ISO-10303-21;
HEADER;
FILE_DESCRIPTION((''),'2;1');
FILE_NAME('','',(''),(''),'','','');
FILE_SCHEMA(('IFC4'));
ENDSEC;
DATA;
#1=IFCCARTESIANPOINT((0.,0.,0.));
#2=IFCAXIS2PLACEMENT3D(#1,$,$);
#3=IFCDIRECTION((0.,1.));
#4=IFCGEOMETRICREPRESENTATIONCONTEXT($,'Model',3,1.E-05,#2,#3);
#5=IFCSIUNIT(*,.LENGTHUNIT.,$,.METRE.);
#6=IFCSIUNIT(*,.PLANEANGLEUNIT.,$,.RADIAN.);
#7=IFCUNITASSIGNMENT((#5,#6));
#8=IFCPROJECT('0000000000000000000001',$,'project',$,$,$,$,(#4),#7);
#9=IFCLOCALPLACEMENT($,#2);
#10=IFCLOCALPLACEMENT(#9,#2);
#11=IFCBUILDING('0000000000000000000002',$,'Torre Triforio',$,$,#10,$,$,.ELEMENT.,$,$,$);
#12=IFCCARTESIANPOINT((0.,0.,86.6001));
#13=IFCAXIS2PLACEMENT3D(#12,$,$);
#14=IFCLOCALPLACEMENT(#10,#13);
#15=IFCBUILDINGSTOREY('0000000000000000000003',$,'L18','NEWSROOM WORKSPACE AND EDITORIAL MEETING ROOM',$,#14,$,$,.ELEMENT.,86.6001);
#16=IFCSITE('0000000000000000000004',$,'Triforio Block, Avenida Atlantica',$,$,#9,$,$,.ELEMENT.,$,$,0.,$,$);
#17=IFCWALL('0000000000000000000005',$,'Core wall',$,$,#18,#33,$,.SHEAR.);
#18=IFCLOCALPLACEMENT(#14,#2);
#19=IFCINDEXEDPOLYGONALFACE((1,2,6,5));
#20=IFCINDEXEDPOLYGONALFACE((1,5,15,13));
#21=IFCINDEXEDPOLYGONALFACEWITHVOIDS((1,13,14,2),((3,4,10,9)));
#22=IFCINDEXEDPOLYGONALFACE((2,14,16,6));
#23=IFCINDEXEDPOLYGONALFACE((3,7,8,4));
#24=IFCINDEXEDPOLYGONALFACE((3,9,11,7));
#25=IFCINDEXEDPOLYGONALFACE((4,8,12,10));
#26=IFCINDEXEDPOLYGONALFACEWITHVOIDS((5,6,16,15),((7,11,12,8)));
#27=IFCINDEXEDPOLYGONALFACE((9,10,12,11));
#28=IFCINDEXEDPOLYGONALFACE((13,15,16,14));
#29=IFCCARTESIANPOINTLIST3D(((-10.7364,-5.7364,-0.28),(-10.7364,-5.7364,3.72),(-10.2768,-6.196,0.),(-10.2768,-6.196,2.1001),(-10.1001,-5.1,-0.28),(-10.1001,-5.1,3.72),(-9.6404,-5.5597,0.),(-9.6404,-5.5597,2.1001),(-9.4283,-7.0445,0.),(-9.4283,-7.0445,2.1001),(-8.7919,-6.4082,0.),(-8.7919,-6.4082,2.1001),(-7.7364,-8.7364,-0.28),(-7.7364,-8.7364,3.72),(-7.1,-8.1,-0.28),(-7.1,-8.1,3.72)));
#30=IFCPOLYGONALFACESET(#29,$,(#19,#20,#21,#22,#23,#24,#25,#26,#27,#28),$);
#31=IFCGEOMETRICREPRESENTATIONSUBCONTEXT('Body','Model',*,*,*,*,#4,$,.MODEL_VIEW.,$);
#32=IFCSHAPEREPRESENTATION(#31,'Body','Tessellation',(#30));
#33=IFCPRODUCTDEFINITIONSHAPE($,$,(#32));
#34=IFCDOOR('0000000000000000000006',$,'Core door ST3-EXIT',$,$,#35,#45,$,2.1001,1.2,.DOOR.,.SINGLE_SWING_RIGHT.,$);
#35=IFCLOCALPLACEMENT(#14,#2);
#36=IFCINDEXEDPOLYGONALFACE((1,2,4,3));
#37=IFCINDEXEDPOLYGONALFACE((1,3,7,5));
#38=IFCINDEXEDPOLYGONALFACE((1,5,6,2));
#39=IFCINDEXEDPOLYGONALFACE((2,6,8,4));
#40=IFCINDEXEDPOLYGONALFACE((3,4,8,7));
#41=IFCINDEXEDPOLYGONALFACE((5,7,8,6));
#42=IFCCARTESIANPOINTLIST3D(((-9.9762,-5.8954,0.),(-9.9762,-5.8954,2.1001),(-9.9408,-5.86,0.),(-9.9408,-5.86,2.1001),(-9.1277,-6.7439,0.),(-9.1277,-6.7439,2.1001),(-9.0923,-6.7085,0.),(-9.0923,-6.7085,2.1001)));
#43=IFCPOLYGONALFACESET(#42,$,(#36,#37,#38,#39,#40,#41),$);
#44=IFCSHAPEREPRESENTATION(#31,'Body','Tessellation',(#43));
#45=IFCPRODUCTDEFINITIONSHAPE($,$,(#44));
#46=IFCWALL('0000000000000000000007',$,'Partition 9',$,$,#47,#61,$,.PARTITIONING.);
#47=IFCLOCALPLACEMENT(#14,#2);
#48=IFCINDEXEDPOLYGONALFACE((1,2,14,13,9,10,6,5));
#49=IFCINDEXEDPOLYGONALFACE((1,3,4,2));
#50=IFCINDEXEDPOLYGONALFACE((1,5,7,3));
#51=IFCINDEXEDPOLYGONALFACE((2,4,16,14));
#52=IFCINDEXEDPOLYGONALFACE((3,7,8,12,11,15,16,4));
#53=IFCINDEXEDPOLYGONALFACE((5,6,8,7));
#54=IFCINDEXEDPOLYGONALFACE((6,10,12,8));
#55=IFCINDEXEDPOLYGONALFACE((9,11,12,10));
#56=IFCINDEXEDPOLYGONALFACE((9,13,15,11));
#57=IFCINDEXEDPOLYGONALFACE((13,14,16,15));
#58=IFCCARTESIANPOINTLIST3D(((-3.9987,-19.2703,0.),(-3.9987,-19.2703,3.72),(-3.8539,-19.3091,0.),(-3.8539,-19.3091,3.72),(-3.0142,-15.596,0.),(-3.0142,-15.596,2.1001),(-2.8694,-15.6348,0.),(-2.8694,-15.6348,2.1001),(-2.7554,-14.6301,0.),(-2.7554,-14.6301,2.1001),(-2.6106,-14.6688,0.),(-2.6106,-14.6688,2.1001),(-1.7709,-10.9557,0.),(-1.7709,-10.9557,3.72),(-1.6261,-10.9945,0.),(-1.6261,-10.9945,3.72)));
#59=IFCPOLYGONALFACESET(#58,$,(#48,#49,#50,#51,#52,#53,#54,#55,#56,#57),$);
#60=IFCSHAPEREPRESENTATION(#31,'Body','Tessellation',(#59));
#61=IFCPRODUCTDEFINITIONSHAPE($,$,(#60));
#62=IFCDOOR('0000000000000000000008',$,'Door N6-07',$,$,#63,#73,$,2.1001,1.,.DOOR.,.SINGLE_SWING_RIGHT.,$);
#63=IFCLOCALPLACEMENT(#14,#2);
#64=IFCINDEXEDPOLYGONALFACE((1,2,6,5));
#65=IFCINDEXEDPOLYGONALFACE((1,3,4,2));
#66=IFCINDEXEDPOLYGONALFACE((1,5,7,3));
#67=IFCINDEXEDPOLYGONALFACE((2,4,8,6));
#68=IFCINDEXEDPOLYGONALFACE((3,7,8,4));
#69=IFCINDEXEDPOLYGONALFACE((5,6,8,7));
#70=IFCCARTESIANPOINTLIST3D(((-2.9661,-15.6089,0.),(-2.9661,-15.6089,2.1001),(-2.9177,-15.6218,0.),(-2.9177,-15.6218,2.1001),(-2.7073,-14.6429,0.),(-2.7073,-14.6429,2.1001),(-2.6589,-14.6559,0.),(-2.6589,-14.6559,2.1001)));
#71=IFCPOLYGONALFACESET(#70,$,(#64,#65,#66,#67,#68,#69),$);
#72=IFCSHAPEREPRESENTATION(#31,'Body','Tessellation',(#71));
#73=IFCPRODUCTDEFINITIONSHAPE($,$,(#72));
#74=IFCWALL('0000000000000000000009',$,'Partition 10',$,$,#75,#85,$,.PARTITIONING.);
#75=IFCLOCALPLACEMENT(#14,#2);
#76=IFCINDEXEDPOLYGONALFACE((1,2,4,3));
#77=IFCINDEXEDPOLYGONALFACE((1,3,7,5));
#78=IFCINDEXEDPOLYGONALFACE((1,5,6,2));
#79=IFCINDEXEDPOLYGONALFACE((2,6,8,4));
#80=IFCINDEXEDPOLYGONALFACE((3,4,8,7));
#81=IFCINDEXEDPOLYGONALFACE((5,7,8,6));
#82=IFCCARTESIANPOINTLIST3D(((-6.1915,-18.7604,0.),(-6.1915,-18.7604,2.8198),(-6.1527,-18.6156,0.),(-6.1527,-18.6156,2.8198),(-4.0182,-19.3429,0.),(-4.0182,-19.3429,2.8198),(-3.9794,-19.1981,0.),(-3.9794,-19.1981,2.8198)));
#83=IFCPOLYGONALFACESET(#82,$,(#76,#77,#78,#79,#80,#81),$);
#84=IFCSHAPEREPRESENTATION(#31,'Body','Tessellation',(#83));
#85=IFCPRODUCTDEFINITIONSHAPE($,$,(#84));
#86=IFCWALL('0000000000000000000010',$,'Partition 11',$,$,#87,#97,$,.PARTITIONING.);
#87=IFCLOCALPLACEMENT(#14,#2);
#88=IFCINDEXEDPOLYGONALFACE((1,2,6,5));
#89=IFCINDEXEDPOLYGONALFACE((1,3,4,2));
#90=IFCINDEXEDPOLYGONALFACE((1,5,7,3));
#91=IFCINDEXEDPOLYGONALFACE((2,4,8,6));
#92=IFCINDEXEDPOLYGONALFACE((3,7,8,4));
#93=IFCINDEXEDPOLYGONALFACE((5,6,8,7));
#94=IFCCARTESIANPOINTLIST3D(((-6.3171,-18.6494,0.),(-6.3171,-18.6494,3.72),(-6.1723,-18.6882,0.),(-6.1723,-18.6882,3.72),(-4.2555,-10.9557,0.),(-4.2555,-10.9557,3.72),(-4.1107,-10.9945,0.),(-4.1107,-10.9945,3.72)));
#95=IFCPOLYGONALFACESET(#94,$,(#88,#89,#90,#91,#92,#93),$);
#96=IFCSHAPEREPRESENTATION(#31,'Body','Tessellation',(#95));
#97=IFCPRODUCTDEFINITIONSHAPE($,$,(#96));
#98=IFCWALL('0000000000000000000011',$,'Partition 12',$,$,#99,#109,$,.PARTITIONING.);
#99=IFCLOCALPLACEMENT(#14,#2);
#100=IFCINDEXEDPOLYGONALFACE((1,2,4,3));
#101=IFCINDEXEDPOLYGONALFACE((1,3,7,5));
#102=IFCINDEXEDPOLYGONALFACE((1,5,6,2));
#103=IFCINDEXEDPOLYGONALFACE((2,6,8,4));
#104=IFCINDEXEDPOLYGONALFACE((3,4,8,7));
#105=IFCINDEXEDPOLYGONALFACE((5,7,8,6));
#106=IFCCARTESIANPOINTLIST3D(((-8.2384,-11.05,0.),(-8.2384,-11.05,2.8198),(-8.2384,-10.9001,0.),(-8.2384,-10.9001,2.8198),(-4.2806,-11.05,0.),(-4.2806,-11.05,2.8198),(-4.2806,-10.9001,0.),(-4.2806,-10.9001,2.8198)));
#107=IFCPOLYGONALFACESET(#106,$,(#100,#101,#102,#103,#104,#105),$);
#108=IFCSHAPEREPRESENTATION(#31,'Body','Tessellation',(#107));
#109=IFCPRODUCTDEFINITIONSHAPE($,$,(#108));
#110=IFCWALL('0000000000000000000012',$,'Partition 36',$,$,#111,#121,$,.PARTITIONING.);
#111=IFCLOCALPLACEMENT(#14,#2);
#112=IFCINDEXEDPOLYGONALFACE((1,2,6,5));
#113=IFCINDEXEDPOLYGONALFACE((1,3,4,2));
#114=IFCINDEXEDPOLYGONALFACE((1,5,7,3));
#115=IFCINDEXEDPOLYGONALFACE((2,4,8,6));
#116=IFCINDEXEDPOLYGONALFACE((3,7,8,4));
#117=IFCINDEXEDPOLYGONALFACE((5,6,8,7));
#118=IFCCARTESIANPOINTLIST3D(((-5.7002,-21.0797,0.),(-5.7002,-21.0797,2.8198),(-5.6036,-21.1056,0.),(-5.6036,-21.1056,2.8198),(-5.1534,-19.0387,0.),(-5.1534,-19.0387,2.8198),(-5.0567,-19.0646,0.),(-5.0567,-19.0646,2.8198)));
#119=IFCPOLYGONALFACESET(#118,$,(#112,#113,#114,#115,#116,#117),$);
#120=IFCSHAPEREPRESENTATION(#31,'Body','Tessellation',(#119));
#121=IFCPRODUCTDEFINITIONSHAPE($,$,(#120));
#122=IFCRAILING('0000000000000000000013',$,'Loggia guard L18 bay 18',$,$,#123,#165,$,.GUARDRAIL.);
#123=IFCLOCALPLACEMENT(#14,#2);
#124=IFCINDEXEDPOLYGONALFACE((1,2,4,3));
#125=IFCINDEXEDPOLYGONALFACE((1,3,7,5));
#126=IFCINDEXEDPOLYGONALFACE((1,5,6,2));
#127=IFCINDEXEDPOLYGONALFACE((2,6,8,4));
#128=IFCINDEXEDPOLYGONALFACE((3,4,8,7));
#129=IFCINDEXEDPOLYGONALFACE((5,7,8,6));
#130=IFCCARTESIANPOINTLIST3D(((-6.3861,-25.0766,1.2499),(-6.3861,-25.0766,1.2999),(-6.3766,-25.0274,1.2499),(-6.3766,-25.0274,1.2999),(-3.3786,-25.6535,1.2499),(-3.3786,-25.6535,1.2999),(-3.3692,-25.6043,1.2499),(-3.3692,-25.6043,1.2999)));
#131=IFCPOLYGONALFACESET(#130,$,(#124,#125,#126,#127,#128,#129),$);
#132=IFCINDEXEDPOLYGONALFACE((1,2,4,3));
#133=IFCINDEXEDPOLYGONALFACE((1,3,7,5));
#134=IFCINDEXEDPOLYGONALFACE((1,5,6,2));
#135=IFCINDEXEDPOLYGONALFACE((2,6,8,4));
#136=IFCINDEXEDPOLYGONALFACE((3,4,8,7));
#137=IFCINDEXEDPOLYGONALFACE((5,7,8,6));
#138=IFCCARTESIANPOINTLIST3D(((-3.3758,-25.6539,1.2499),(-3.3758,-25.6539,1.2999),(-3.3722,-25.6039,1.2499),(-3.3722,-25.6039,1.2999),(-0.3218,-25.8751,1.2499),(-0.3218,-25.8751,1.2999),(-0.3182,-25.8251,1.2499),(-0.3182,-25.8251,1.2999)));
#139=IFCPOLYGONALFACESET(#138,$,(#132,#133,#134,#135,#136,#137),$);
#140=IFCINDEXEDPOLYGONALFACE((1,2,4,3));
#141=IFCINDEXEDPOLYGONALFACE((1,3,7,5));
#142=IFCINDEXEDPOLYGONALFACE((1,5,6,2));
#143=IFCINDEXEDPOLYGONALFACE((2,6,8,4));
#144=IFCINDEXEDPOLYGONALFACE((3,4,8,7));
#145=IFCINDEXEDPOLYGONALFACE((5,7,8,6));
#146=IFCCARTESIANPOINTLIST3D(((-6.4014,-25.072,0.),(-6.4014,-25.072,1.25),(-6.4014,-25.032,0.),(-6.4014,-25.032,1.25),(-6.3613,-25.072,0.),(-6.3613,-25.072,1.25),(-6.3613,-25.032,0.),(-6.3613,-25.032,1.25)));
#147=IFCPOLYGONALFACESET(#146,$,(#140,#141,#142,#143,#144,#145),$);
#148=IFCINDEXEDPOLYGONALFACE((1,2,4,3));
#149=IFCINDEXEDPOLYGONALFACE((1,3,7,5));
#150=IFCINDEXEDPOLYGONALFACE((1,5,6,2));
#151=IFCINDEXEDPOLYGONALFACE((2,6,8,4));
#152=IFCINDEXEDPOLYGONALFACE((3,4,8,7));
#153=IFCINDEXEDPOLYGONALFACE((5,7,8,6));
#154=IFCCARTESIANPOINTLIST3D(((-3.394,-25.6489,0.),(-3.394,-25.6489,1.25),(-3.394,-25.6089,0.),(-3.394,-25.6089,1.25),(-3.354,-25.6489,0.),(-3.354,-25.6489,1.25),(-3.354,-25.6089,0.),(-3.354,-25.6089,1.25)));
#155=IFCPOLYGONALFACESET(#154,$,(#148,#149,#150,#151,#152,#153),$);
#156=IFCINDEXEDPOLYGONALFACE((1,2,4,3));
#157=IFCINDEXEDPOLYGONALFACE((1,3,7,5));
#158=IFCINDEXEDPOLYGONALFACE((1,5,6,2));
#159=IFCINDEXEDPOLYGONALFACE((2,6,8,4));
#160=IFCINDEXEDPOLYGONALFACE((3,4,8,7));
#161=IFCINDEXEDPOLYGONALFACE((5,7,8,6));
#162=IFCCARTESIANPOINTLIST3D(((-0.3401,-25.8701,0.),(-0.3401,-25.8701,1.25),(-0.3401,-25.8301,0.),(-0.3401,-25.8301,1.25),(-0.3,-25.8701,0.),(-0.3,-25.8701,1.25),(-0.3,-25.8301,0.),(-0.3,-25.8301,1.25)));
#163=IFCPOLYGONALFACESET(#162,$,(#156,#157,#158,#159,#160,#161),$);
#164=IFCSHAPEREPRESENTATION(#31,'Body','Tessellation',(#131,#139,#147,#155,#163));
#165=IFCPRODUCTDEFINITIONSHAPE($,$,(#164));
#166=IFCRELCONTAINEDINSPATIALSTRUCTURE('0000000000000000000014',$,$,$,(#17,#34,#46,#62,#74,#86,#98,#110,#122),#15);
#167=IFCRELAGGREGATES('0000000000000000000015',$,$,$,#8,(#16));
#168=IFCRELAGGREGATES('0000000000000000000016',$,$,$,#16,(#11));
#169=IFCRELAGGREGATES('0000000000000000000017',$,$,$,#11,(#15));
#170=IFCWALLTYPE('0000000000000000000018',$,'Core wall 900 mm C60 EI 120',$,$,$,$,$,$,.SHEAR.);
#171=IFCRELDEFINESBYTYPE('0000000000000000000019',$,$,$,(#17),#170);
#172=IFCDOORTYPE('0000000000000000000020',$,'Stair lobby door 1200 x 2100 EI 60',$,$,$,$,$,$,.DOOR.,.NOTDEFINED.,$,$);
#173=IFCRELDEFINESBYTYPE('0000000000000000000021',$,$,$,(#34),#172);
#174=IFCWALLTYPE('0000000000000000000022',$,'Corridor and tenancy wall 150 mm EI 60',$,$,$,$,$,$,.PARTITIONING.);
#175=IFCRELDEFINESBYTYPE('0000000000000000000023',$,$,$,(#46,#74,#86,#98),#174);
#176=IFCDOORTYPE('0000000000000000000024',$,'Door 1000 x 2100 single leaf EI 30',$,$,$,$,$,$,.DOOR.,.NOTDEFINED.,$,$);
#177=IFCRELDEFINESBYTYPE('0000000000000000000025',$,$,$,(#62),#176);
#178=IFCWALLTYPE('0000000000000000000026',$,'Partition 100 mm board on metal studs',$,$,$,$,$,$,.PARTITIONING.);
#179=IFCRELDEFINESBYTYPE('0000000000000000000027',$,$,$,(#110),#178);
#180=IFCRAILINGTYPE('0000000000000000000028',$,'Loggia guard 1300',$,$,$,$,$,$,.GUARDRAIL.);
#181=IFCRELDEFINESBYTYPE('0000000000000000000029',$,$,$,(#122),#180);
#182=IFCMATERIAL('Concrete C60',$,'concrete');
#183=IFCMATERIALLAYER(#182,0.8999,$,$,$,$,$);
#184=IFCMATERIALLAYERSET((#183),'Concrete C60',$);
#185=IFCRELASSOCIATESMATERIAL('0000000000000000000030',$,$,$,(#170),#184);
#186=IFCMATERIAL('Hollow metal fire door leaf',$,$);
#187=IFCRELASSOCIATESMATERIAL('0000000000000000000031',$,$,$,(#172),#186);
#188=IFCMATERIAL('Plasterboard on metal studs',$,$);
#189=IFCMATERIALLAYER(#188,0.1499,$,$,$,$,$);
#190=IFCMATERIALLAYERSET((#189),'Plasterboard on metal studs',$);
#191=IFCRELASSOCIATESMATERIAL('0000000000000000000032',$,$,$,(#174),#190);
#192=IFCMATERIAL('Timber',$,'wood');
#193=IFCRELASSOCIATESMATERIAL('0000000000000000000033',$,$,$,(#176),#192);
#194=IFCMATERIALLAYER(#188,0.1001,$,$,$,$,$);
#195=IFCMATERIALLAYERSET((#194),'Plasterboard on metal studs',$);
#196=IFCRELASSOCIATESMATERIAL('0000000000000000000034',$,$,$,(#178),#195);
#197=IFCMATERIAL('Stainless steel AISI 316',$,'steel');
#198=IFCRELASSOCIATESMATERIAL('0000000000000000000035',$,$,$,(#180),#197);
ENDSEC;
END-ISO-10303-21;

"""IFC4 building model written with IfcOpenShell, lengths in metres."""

from ifc_helpers import new_model, si_unit, direction, frame, frame_2d, origin, origin_2d, place, context, subcontext, project, spatial, rectangle, extrude, material, layer, layer_set, type_object, element, fill, save


model = new_model("IFC4")

# Units and contexts
model_context = context("Model", 3, precision=1e-05, world=origin(), true_north=direction((0.0, 1.0)))
body_context = subcontext(model_context, "Body", "Model", "MODEL_VIEW")
ifc_project = project(units=[si_unit("LENGTHUNIT", "METRE"), si_unit("PLANEANGLEUNIT", "RADIAN")], contexts=[model_context])

# Site, building, storey
site_placement = place(None, origin())
site = spatial("IfcSite", under=ifc_project, at=site_placement, Name="Triforio Block, Avenida Atlantica", CompositionType="ELEMENT", RefElevation=0.0)
building_placement = place(site_placement, origin())
building = spatial("IfcBuilding", under=site, at=building_placement, Name="Torre Triforio", CompositionType="ELEMENT")
storey_placement = place(building_placement, frame((0.0, 0.0, 86.6001)))
storey = spatial("IfcBuildingStorey", under=building, at=storey_placement, Name="L18", Description="NEWSROOM WORKSPACE AND EDITORIAL MEETING ROOM", CompositionType="ELEMENT", Elevation=86.6001)

# Shared definitions
ifc_material_1 = material(Name="Concrete C60", Category="concrete")

# Shared definitions
ifc_layer_1 = layer(ifc_material_1, 0.8999)
ifc_layer_set_1 = layer_set([ifc_layer_1], Name="Concrete C60")
wall_type_1 = type_object("IfcWallType", Name="Core wall 900 mm C60 EI 120", PredefinedType="SHEAR", material=ifc_layer_set_1)
ifc_material_2 = material(Name="Hollow metal fire door leaf")

# Walls, openings, doors
wall_1_placement = place(storey_placement, frame((-7.4182, -8.4182, -0.28), z_axis=(0.0, 0.0, 1.0), x_axis=(-0.707107, 0.707107, 0.0)))
wall_1 = element("IfcWall", 1, at=wall_1_placement, inside=storey, type_object=wall_type_1, Name="Core wall", PredefinedType="SHEAR", context=body_context, shape_type="SweptSolid", body=[
    extrude(rectangle(XDim=4.2427, YDim=0.8999, at=frame_2d((2.1213, 0.0))), origin(), (0.0, 0.0, 1.0), 4.0),
])
opening_1_placement = place(wall_1_placement, frame((2.3926, 0.0, 0.28)))
opening_1 = element("IfcOpeningElement", 2, at=opening_1_placement, cuts=wall_1, PredefinedType="OPENING", context=body_context, shape_type="SweptSolid", body=[
    extrude(rectangle(XDim=1.2, YDim=2.1001, at=frame_2d((0.6001, 1.05))), frame((0.0, 0.46, 0.0), z_axis=(0.0, -1.0, 0.0), x_axis=(1.0, 0.0, 0.0)), (0.0, 0.0, 1.0), 0.9199),
])
door_type_1 = type_object("IfcDoorType", Name="Stair lobby door 1200 x 2100 EI 60", OperationType="NOTDEFINED", PredefinedType="DOOR", material=ifc_material_2)
door_1_placement = place(opening_1_placement, origin())
door_1 = element("IfcDoor", 3, at=door_1_placement, inside=storey, type_object=door_type_1, Name="Core door ST3-EXIT", OperationType="SINGLE_SWING_RIGHT", OverallHeight=2.1001, OverallWidth=1.2, PredefinedType="DOOR", context=body_context, shape_type="SweptSolid", body=[
    extrude(rectangle(XDim=1.2, YDim=2.1001, at=frame_2d((0.6001, 1.05))), frame((0.0, 0.0249, 0.0), z_axis=(0.0, -1.0, 0.0), x_axis=(1.0, 0.0, 0.0)), (0.0, 0.0, 1.0), 0.05),
])
fill(opening_1, door_1)
ifc_material_3 = material(Name="Plasterboard on metal studs")
ifc_layer_2 = layer(ifc_material_3, 0.1499)
ifc_layer_set_2 = layer_set([ifc_layer_2], Name="Plasterboard on metal studs")
wall_type_2 = type_object("IfcWallType", Name="Corridor and tenancy wall 150 mm EI 60", PredefinedType="PARTITIONING", material=ifc_layer_set_2)
wall_2_placement = place(storey_placement, frame((-1.6985, -10.9751, 0.0), z_axis=(0.0, 0.0, 1.0), x_axis=(-0.258805, -0.96593, 0.0)))
wall_2 = element("IfcWall", 4, at=wall_2_placement, inside=storey, type_object=wall_type_2, Name="Partition 9", PredefinedType="PARTITIONING", context=body_context, shape_type="SweptSolid", body=[
    extrude(rectangle(XDim=8.6079, YDim=0.1499, at=frame_2d((4.304, 0.0))), origin(), (0.0, 0.0, 1.0), 3.72),
])
opening_2_placement = place(wall_2_placement, frame((3.804, 0.0, 0.0)))
opening_2 = element("IfcOpeningElement", 5, at=opening_2_placement, cuts=wall_2, PredefinedType="OPENING", context=body_context, shape_type="SweptSolid", body=[
    extrude(rectangle(XDim=1.0, YDim=2.1001, at=frame_2d((0.5, 1.05))), frame((0.0, 0.085, 0.0), z_axis=(0.0, -1.0, 0.0), x_axis=(1.0, 0.0, 0.0)), (0.0, 0.0, 1.0), 0.1699),
])
ifc_material_4 = material(Name="Timber", Category="wood")
door_type_2 = type_object("IfcDoorType", Name="Door 1000 x 2100 single leaf EI 30", OperationType="NOTDEFINED", PredefinedType="DOOR", material=ifc_material_4)
door_2_placement = place(opening_2_placement, origin())
door_2 = element("IfcDoor", 6, at=door_2_placement, inside=storey, type_object=door_type_2, Name="Door N6-07", OperationType="SINGLE_SWING_RIGHT", OverallHeight=2.1001, OverallWidth=1.0, PredefinedType="DOOR", context=body_context, shape_type="SweptSolid", body=[
    extrude(rectangle(XDim=1.0, YDim=2.1001, at=frame_2d((0.5, 1.05))), frame((0.0, 0.0249, 0.0), z_axis=(0.0, -1.0, 0.0), x_axis=(1.0, 0.0, 0.0)), (0.0, 0.0, 1.0), 0.05),
])
fill(opening_2, door_2)

# Walls
wall_3_placement = place(storey_placement, frame((-3.9988, -19.2705, 0.0), z_axis=(0.0, 0.0, 1.0), x_axis=(-0.965906, 0.258892, 0.0)))
element("IfcWall", 7, at=wall_3_placement, inside=storey, type_object=wall_type_2, Name="Partition 10", PredefinedType="PARTITIONING", context=body_context, shape_type="SweptSolid", body=[
    extrude(rectangle(XDim=2.25, YDim=0.1499, at=frame_2d((1.125, 0.0))), origin(), (0.0, 0.0, 1.0), 2.8198),
])
wall_4_placement = place(storey_placement, frame((-6.2446, -18.6687, 0.0), z_axis=(0.0, 0.0, 1.0), x_axis=(0.258822, 0.965925, 0.0)))
element("IfcWall", 8, at=wall_4_placement, inside=storey, type_object=wall_type_2, Name="Partition 11", PredefinedType="PARTITIONING", context=body_context, shape_type="SweptSolid", body=[
    extrude(rectangle(XDim=7.9651, YDim=0.1499, at=frame_2d((3.9824, 0.0))), origin(), (0.0, 0.0, 1.0), 3.72),
])
wall_5_placement = place(storey_placement, frame((-4.2805, -10.9751, 0.0), z_axis=(0.0, 0.0, 1.0), x_axis=(-1.0, 0.0, 0.0)))
element("IfcWall", 9, at=wall_5_placement, inside=storey, type_object=wall_type_2, Name="Partition 12", PredefinedType="PARTITIONING", context=body_context, shape_type="SweptSolid", body=[
    extrude(rectangle(XDim=3.9578, YDim=0.1499, at=frame_2d((1.979, 0.0))), origin(), (0.0, 0.0, 1.0), 2.8198),
])
ifc_layer_3 = layer(ifc_material_3, 0.1001)
ifc_layer_set_3 = layer_set([ifc_layer_3], Name="Plasterboard on metal studs")
wall_type_3 = type_object("IfcWallType", Name="Partition 100 mm board on metal studs", PredefinedType="PARTITIONING", material=ifc_layer_set_3)
wall_6_placement = place(storey_placement, frame((-5.105, -19.0515, 0.0), z_axis=(0.0, 0.0, 1.0), x_axis=(-0.258813, -0.965927, 0.0)))
element("IfcWall", 10, at=wall_6_placement, inside=storey, type_object=wall_type_3, Name="Partition 36", PredefinedType="PARTITIONING", context=body_context, shape_type="SweptSolid", body=[
    extrude(rectangle(XDim=2.113, YDim=0.1001, at=frame_2d((1.0566, 0.0))), origin(), (0.0, 0.0, 1.0), 2.8198),
])

# Railing
ifc_material_5 = material(Name="Stainless steel AISI 316", Category="steel")
railing_type = type_object("IfcRailingType", Name="Loggia guard 1300", PredefinedType="GUARDRAIL", material=ifc_material_5)
railing_placement = place(storey_placement, frame((-6.3813, -25.052, 0.0)))
element("IfcRailing", 11, at=railing_placement, inside=storey, type_object=railing_type, Name="Loggia guard L18 bay 18", PredefinedType="GUARDRAIL", context=body_context, shape_type="SweptSolid", body=[
    extrude(rectangle(XDim=0.05, YDim=0.05, at=origin_2d()), frame((0.0, 0.0, 1.2749), z_axis=(0.982093, -0.188398, 0.0), x_axis=(0.188398, 0.982093, 0.0)), (0.0, 0.0, 1.0), 3.0623),
    extrude(rectangle(XDim=0.05, YDim=0.05, at=origin_2d()), frame((3.0073, -0.5769, 1.2749), z_axis=(0.997387, -0.072239, 0.0), x_axis=(0.072239, 0.997387, 0.0)), (0.0, 0.0, 1.0), 3.062),
    extrude(rectangle(XDim=0.04, YDim=0.04, at=origin_2d()), origin(), (0.0, 0.0, 1.0), 1.25),
    extrude(rectangle(XDim=0.04, YDim=0.04, at=origin_2d()), frame((3.0073, -0.5769, 0.0)), (0.0, 0.0, 1.0), 1.25),
    extrude(rectangle(XDim=0.04, YDim=0.04, at=origin_2d()), frame((6.0613, -0.7981, 0.0)), (0.0, 0.0, 1.0), 1.25),
])

save(model, "model.ifc")
